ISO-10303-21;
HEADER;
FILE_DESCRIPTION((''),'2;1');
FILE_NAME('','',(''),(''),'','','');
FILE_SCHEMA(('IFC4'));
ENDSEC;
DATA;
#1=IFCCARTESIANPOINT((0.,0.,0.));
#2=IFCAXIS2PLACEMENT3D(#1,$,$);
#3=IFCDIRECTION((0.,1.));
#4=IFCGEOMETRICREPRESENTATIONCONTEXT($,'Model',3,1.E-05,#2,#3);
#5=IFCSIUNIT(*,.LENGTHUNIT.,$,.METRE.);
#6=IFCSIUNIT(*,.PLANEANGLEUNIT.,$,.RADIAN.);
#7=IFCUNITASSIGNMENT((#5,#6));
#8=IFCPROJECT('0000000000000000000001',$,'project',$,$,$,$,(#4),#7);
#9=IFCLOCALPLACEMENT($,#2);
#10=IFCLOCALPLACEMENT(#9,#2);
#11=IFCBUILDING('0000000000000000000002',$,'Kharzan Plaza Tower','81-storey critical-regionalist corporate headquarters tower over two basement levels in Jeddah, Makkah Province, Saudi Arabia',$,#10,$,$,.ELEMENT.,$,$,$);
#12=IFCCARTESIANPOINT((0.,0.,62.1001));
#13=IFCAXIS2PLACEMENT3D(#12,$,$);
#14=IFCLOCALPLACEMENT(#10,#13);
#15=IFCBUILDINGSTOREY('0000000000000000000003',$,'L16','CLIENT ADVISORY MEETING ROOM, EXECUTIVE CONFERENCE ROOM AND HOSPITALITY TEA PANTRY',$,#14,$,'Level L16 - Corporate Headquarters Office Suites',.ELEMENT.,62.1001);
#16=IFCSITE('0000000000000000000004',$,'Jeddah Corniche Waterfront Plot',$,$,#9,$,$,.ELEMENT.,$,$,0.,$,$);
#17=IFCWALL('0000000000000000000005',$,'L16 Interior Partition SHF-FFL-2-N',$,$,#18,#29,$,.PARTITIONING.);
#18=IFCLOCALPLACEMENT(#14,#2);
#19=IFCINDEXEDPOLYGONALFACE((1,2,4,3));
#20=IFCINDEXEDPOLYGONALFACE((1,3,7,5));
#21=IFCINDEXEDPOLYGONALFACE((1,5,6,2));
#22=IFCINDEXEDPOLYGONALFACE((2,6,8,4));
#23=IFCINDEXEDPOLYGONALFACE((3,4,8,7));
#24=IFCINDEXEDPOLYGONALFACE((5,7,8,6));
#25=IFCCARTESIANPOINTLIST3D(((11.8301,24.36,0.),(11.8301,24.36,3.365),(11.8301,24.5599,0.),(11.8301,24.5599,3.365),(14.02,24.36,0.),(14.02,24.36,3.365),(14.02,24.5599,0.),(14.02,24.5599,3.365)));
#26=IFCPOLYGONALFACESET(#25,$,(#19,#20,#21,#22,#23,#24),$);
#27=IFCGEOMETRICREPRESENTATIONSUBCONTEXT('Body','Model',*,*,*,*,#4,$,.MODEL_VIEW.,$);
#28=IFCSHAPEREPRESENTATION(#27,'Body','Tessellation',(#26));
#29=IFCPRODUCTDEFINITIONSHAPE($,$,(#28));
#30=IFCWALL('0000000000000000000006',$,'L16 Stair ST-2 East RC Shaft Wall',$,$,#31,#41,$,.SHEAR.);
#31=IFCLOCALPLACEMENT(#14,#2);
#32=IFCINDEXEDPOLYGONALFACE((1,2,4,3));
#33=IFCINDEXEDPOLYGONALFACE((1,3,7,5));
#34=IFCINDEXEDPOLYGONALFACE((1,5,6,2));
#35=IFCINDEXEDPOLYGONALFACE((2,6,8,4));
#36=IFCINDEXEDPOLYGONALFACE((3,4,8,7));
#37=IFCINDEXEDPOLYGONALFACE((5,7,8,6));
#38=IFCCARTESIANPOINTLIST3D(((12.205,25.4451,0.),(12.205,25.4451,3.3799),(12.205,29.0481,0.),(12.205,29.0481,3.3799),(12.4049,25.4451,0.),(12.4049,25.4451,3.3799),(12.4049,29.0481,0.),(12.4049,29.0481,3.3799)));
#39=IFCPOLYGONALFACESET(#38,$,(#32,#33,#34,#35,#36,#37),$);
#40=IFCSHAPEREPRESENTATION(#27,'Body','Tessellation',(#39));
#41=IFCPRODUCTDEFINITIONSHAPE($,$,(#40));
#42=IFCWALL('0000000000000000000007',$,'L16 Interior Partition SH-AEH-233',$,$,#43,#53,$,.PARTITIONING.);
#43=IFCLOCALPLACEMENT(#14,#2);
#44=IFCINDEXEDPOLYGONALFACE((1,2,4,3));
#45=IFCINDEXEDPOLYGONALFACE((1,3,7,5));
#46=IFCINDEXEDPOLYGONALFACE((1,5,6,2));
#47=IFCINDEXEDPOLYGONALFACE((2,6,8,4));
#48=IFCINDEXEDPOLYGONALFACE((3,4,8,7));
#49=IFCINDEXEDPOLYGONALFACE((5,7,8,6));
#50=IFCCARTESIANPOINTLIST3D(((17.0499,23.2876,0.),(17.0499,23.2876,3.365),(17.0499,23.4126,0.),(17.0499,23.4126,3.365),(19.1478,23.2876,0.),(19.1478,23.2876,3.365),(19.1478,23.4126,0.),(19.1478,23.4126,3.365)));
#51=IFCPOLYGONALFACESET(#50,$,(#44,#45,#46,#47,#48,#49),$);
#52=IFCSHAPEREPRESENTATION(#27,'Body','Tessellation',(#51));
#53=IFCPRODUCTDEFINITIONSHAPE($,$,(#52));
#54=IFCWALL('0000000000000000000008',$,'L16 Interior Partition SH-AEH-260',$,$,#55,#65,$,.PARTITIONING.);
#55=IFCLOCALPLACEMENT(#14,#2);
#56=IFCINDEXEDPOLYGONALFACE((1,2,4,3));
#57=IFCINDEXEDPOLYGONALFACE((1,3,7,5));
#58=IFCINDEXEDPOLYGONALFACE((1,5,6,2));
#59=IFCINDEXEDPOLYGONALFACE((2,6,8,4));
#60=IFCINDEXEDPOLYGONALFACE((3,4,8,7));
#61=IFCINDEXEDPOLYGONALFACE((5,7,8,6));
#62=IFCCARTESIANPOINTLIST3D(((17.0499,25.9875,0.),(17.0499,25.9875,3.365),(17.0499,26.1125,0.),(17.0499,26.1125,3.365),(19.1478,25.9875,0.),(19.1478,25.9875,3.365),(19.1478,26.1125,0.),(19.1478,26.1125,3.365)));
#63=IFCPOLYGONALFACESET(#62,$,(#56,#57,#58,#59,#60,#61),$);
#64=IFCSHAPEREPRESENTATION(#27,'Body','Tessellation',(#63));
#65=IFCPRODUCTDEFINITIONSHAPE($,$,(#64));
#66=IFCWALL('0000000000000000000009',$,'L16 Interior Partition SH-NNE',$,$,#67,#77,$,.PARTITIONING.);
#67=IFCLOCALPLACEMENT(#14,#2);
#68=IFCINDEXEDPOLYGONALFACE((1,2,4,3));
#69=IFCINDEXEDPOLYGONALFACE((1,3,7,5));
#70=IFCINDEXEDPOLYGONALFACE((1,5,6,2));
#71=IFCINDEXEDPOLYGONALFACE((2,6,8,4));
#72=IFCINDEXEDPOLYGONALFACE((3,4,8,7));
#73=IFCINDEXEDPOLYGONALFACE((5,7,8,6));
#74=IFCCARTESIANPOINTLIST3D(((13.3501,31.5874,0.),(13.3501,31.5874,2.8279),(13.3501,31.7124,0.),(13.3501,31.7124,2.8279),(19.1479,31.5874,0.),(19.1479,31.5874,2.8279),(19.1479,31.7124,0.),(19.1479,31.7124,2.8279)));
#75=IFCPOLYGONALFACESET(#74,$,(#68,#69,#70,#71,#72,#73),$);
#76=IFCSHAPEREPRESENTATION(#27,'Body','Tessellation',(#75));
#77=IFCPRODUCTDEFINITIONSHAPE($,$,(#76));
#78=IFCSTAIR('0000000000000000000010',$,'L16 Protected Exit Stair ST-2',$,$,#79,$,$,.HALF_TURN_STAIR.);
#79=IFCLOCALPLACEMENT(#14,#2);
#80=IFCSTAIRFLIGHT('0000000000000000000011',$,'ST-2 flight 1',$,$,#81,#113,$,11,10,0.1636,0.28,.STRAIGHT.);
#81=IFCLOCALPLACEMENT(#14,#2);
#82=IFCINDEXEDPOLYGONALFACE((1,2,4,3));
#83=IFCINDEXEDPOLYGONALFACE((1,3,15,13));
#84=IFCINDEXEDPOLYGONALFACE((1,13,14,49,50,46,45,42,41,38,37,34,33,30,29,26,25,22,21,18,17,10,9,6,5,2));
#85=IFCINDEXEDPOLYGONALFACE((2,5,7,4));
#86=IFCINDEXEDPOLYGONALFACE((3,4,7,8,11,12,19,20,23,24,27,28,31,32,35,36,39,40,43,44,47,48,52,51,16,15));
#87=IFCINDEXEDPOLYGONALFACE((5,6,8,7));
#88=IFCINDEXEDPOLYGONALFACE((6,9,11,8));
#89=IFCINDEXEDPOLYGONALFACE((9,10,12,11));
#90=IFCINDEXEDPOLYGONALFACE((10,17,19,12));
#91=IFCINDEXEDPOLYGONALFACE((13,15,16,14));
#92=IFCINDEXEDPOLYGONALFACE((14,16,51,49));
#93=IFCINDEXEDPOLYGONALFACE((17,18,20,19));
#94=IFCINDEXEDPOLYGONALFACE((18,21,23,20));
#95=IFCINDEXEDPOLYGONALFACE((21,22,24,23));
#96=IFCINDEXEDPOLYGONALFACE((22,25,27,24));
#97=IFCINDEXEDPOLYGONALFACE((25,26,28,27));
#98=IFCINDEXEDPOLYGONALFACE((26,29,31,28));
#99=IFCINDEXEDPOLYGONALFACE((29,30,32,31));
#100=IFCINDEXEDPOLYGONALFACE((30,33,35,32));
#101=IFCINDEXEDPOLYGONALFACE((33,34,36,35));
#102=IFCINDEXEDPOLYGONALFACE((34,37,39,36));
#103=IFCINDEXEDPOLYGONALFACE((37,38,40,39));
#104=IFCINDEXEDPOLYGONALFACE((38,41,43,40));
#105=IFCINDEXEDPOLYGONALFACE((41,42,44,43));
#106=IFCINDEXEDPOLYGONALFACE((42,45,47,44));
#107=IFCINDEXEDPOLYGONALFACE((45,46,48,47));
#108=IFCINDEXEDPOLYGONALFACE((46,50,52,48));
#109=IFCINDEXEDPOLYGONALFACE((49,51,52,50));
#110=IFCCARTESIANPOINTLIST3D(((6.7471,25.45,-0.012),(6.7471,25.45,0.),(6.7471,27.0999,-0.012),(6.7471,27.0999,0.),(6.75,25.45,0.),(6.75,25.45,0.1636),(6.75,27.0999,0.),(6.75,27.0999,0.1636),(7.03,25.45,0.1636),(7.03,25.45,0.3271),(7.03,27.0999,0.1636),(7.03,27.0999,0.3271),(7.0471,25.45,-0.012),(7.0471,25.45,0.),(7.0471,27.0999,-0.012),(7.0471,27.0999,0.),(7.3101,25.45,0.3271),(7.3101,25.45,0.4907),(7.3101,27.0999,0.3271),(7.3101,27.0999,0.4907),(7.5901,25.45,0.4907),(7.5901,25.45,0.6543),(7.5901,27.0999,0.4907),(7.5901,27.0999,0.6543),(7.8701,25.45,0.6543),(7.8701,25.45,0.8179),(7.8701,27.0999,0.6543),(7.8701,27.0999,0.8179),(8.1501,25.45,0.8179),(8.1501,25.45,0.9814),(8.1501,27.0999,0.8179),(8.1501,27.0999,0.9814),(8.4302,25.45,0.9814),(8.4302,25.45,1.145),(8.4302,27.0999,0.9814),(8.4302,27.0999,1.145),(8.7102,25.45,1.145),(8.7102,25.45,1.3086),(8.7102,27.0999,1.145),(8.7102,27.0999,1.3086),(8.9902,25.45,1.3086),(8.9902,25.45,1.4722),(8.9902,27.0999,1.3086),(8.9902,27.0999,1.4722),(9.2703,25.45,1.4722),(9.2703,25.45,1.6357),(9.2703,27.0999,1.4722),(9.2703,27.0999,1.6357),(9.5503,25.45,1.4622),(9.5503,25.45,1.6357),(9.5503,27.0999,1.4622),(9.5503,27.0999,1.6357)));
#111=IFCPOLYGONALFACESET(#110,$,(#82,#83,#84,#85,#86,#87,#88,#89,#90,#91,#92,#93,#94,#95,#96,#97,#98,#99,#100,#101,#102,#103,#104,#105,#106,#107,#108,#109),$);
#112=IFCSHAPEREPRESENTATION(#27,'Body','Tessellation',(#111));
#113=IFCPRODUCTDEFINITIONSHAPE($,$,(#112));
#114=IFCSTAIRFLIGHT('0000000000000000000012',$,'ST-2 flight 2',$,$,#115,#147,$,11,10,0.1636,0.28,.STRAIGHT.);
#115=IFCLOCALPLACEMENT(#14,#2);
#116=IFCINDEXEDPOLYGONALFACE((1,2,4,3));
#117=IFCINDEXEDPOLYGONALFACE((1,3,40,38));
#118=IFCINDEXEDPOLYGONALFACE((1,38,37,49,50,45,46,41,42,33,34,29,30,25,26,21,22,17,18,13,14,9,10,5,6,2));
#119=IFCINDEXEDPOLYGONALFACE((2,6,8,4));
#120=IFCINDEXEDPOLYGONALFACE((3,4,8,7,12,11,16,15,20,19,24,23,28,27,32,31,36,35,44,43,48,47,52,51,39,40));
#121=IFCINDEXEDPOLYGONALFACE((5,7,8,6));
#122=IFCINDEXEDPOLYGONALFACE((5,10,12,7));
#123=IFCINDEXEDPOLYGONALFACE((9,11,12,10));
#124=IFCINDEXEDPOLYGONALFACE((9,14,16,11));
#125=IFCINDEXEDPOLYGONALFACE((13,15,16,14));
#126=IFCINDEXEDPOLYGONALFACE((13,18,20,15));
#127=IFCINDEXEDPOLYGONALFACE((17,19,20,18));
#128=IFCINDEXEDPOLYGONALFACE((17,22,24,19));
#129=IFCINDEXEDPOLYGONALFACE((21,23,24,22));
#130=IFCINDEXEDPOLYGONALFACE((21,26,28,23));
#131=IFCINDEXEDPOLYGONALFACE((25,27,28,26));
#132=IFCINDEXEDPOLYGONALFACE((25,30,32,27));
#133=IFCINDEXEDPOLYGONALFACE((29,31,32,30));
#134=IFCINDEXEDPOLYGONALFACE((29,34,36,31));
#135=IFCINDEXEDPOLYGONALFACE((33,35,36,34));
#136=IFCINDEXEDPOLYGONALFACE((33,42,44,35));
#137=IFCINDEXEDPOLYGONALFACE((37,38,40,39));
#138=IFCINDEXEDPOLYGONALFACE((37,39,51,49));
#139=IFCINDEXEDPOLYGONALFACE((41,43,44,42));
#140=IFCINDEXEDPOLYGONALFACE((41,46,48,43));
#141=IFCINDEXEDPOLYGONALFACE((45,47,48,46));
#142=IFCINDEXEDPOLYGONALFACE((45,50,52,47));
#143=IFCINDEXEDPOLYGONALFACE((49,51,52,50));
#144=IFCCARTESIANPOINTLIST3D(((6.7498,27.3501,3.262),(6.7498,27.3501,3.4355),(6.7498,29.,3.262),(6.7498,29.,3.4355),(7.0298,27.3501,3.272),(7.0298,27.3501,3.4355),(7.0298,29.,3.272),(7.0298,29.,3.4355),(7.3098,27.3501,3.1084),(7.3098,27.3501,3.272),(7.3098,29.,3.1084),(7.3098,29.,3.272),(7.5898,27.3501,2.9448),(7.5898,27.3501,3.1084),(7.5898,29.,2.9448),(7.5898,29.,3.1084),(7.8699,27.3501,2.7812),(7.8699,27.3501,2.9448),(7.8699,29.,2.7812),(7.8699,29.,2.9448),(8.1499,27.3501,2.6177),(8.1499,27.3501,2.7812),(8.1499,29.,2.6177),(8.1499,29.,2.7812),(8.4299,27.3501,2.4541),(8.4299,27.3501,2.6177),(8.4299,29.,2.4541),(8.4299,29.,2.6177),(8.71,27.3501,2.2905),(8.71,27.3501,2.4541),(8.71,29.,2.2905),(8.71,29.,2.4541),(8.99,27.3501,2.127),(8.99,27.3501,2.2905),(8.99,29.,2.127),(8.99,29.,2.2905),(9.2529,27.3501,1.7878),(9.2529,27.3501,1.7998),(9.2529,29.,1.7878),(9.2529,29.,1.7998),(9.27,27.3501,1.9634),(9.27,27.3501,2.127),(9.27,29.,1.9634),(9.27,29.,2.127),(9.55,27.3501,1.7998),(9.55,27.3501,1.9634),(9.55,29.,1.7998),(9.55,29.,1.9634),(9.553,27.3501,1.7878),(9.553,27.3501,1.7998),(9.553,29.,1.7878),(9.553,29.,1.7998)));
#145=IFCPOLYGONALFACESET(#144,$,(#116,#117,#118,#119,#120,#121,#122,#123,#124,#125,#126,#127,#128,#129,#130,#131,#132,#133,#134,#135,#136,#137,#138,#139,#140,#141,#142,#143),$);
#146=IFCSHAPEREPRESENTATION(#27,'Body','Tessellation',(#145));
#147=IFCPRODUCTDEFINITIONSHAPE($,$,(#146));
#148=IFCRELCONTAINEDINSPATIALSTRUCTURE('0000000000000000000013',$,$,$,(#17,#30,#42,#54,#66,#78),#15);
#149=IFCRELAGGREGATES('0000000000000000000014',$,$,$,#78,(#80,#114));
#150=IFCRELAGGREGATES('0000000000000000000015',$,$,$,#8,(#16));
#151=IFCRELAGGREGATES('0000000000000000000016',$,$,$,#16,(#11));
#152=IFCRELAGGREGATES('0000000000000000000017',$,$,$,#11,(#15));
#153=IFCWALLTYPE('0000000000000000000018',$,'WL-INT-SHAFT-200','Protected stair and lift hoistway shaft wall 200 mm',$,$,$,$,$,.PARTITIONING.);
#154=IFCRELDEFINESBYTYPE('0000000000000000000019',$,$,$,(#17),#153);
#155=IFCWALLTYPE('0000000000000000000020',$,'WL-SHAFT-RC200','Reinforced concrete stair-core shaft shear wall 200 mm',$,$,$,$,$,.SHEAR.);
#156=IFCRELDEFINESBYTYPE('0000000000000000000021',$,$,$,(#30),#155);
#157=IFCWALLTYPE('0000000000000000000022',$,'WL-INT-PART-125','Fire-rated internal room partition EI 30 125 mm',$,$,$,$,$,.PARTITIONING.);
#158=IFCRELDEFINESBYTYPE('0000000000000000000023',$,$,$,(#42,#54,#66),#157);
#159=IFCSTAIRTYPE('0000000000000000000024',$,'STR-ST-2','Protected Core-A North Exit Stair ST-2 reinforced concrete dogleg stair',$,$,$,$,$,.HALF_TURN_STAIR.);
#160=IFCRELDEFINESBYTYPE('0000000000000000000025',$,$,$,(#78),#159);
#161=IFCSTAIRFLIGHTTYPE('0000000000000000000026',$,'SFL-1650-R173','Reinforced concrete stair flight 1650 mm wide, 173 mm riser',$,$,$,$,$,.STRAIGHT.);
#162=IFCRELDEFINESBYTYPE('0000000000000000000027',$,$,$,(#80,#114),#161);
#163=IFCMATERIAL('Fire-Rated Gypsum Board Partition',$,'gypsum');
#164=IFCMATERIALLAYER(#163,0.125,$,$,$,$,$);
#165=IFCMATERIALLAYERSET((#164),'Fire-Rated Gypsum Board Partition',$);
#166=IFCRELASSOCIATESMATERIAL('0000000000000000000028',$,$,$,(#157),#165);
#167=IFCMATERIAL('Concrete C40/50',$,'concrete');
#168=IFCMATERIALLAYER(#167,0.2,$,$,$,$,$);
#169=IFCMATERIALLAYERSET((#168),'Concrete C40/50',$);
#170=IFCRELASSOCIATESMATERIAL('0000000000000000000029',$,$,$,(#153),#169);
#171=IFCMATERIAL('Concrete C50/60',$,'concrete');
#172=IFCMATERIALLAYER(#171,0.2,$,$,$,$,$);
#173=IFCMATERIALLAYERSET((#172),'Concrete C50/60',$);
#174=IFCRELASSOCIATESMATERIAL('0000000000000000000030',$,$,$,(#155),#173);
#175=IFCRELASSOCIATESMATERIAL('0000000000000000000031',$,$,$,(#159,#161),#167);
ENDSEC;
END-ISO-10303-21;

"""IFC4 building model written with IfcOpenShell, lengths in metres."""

from ifc_helpers import new_model, si_unit, direction, frame, frame_2d, origin, place, context, subcontext, project, spatial, polyline, rectangle, outline, extrude, source, transform, mapped, material, layer, layer_set, type_object, element, aggregate, save


model = new_model("IFC4")

# Units and contexts
model_context = context("Model", 3, precision=1e-05, world=origin(), true_north=direction((0.0, 1.0)))
body_context = subcontext(model_context, "Body", "Model", "MODEL_VIEW")
ifc_project = project(units=[si_unit("LENGTHUNIT", "METRE"), si_unit("PLANEANGLEUNIT", "RADIAN")], contexts=[model_context])

# Site, building, storey
site_placement = place(None, origin())
site = spatial("IfcSite", under=ifc_project, at=site_placement, Name="Jeddah Corniche Waterfront Plot", CompositionType="ELEMENT", RefElevation=0.0)
building_placement = place(site_placement, origin())
building = spatial("IfcBuilding", under=site, at=building_placement, Name="Kharzan Plaza Tower", Description="81-storey critical-regionalist corporate headquarters tower over two basement levels in Jeddah, Makkah Province, Saudi Arabia", CompositionType="ELEMENT")
storey_placement = place(building_placement, frame((0.0, 0.0, 62.1001)))
storey = spatial("IfcBuildingStorey", under=building, at=storey_placement, Name="L16", Description="CLIENT ADVISORY MEETING ROOM, EXECUTIVE CONFERENCE ROOM AND HOSPITALITY TEA PANTRY", LongName="Level L16 - Corporate Headquarters Office Suites", CompositionType="ELEMENT", Elevation=62.1001)

# Shared definitions
ifc_material_1 = material(Name="Fire-Rated Gypsum Board Partition", Category="gypsum")
ifc_layer_1 = layer(ifc_material_1, 0.125)
ifc_layer_set_1 = layer_set([ifc_layer_1], Name="Fire-Rated Gypsum Board Partition")
wall_type_1 = type_object("IfcWallType", Name="WL-INT-PART-125", Description="Fire-rated internal room partition EI 30 125 mm", PredefinedType="PARTITIONING", material=ifc_layer_set_1)
ifc_material_2 = material(Name="Concrete C40/50", Category="concrete")
ifc_layer_2 = layer(ifc_material_2, 0.2)
ifc_layer_set_2 = layer_set([ifc_layer_2], Name="Concrete C40/50")
wall_type_2 = type_object("IfcWallType", Name="WL-INT-SHAFT-200", Description="Protected stair and lift hoistway shaft wall 200 mm", PredefinedType="PARTITIONING", material=ifc_layer_set_2)

# Walls
shared_shape_1 = source(origin(), body_context, "Body", "SweptSolid", [
    extrude(rectangle(XDim=2.1899, YDim=0.2, at=frame_2d((1.095, 0.0))), origin(), (0.0, 0.0, 1.0), 3.365),
])
for number, where, z_axis, x_axis, name in (
    (1, (11.8301, 24.46, 0.0), (0.0, 0.0, 1.0), (1.0, 0.0, 0.0), "L16 Interior Partition SHF-FFL-2-N"),
):
    element("IfcWall", number, at=place(storey_placement, frame(where, z_axis=z_axis, x_axis=x_axis)), inside=storey, type_object=wall_type_2, Name=name, PredefinedType="PARTITIONING", context=body_context, shape_type="MappedRepresentation", body=[
        mapped(shared_shape_1, transform((0.0, 0.0, 0.0), x_axis=(1.0, 0.0, 0.0), y_axis=(0.0, 1.0, 0.0), z_axis=(0.0, 0.0, 1.0))),
    ])
ifc_material_3 = material(Name="Concrete C50/60", Category="concrete")
ifc_layer_3 = layer(ifc_material_3, 0.2)
ifc_layer_set_3 = layer_set([ifc_layer_3], Name="Concrete C50/60")
wall_type_3 = type_object("IfcWallType", Name="WL-SHAFT-RC200", Description="Reinforced concrete stair-core shaft shear wall 200 mm", PredefinedType="SHEAR", material=ifc_layer_set_3)
shared_shape_2 = source(origin(), body_context, "Body", "SweptSolid", [
    extrude(rectangle(XDim=3.603, YDim=0.2, at=frame_2d((1.8015, 0.0))), origin(), (0.0, 0.0, 1.0), 3.3799),
])
wall_1_placement = place(storey_placement, frame((12.3049, 25.4451, 0.0), z_axis=(0.0, 0.0, 1.0), x_axis=(0.0, 1.0, 0.0)))
element("IfcWall", 2, at=wall_1_placement, inside=storey, type_object=wall_type_3, Name="L16 Stair ST-2 East RC Shaft Wall", PredefinedType="SHEAR", context=body_context, shape_type="MappedRepresentation", body=[
    mapped(shared_shape_2, transform((0.0, 0.0, 0.0), x_axis=(1.0, 0.0, 0.0), y_axis=(0.0, 1.0, 0.0), z_axis=(0.0, 0.0, 1.0))),
])
shared_shape_3 = source(origin(), body_context, "Body", "SweptSolid", [
    extrude(rectangle(XDim=2.0979, YDim=0.125, at=frame_2d((1.0488, 0.0))), origin(), (0.0, 0.0, 1.0), 3.365),
])
for number, where, z_axis, x_axis, name in (
    (3, (17.05, 23.3501, 0.0), (0.0, 0.0, 1.0), (1.0, 0.0, 0.0), "L16 Interior Partition SH-AEH-233"),
    (4, (17.05, 26.05, 0.0), (0.0, 0.0, 1.0), (1.0, 0.0, 0.0), "L16 Interior Partition SH-AEH-260"),
):
    element("IfcWall", number, at=place(storey_placement, frame(where, z_axis=z_axis, x_axis=x_axis)), inside=storey, type_object=wall_type_1, Name=name, PredefinedType="PARTITIONING", context=body_context, shape_type="MappedRepresentation", body=[
        mapped(shared_shape_3, transform((0.0, 0.0, 0.0), x_axis=(1.0, 0.0, 0.0), y_axis=(0.0, 1.0, 0.0), z_axis=(0.0, 0.0, 1.0))),
    ])
shared_shape_4 = source(origin(), body_context, "Body", "SweptSolid", [
    extrude(rectangle(XDim=5.7979, YDim=0.125, at=frame_2d((2.8989, 0.0))), origin(), (0.0, 0.0, 1.0), 2.8279),
])
wall_2_placement = place(storey_placement, frame((13.3501, 31.6499, 0.0), z_axis=(0.0, 0.0, 1.0), x_axis=(1.0, 0.0, 0.0)))
element("IfcWall", 5, at=wall_2_placement, inside=storey, type_object=wall_type_1, Name="L16 Interior Partition SH-NNE", PredefinedType="PARTITIONING", context=body_context, shape_type="MappedRepresentation", body=[
    mapped(shared_shape_4, transform((0.0, 0.0, 0.0), x_axis=(1.0, 0.0, 0.0), y_axis=(0.0, 1.0, 0.0), z_axis=(0.0, 0.0, 1.0))),
])

# Stair, stair flights
stair_type = type_object("IfcStairType", Name="STR-ST-2", Description="Protected Core-A North Exit Stair ST-2 reinforced concrete dogleg stair", PredefinedType="HALF_TURN_STAIR", material=ifc_material_2)
stair_placement = place(storey_placement, origin())
stair = element("IfcStair", 6, at=stair_placement, inside=storey, type_object=stair_type, Name="L16 Protected Exit Stair ST-2", PredefinedType="HALF_TURN_STAIR")
stair_flight_type = type_object("IfcStairFlightType", Name="SFL-1650-R173", Description="Reinforced concrete stair flight 1650 mm wide, 173 mm riser", PredefinedType="STRAIGHT", material=ifc_material_2)
shared_shape_5 = source(origin(), body_context, "Body", "SweptSolid", [
    extrude(outline(polyline([(-0.0029, -0.012), (-0.0029, 0.0), (0.0, 0.0), (0.0, 0.1636), (0.28, 0.1636), (0.28, 0.3271), (0.5601, 0.3271), (0.5601, 0.4907), (0.8401, 0.4907), (0.8401, 0.6543), (1.1201, 0.6543), (1.1201, 0.8179), (1.4001, 0.8179), (1.4001, 0.9814), (1.6802, 0.9814), (1.6802, 1.145), (1.9602, 1.145), (1.9602, 1.3086), (2.2402, 1.3086), (2.2402, 1.4722), (2.5203, 1.4722), (2.5203, 1.6357), (2.8003, 1.6357), (2.8003, 1.7993), (2.8003, 1.4622), (0.2971, 0.0), (0.2971, -0.012), (-0.0029, -0.012)])), frame((0.0, 0.825, 0.0), z_axis=(0.0, -1.0, 0.0), x_axis=(1.0, 0.0, 0.0)), (0.0, 0.0, 1.0), 1.6499),
])
stair_flight_1_placement = place(storey_placement, frame((6.75, 26.2749, 0.0), z_axis=(0.0, 0.0, 1.0), x_axis=(1.0, 0.0, 0.0)))
stair_flight_1 = element("IfcStairFlight", 7, at=stair_flight_1_placement, type_object=stair_flight_type, Name="ST-2 flight 1", NumberOfRisers=11, NumberOfTreads=10, PredefinedType="STRAIGHT", RiserHeight=0.1636, TreadLength=0.28, context=body_context, shape_type="MappedRepresentation", body=[
    mapped(shared_shape_5, transform((0.0, 0.0, 0.0), x_axis=(1.0, 0.0, 0.0), y_axis=(0.0, 1.0, 0.0), z_axis=(0.0, 0.0, 1.0))),
])
stair_flight_2_placement = place(storey_placement, frame((9.55, 28.175, 1.7998), z_axis=(0.0, 0.0, 1.0), x_axis=(-1.0, 0.0, 0.0)))
stair_flight_2 = element("IfcStairFlight", 8, at=stair_flight_2_placement, type_object=stair_flight_type, Name="ST-2 flight 2", NumberOfRisers=11, NumberOfTreads=10, PredefinedType="STRAIGHT", RiserHeight=0.1636, TreadLength=0.28, context=body_context, shape_type="MappedRepresentation", body=[
    mapped(shared_shape_5, transform((0.0, 0.0, 0.0), x_axis=(1.0, 0.0, 0.0), y_axis=(0.0, 1.0, 0.0), z_axis=(0.0, 0.0, 1.0))),
])
aggregate(stair, [stair_flight_1, stair_flight_2])

save(model, "model.ifc")
